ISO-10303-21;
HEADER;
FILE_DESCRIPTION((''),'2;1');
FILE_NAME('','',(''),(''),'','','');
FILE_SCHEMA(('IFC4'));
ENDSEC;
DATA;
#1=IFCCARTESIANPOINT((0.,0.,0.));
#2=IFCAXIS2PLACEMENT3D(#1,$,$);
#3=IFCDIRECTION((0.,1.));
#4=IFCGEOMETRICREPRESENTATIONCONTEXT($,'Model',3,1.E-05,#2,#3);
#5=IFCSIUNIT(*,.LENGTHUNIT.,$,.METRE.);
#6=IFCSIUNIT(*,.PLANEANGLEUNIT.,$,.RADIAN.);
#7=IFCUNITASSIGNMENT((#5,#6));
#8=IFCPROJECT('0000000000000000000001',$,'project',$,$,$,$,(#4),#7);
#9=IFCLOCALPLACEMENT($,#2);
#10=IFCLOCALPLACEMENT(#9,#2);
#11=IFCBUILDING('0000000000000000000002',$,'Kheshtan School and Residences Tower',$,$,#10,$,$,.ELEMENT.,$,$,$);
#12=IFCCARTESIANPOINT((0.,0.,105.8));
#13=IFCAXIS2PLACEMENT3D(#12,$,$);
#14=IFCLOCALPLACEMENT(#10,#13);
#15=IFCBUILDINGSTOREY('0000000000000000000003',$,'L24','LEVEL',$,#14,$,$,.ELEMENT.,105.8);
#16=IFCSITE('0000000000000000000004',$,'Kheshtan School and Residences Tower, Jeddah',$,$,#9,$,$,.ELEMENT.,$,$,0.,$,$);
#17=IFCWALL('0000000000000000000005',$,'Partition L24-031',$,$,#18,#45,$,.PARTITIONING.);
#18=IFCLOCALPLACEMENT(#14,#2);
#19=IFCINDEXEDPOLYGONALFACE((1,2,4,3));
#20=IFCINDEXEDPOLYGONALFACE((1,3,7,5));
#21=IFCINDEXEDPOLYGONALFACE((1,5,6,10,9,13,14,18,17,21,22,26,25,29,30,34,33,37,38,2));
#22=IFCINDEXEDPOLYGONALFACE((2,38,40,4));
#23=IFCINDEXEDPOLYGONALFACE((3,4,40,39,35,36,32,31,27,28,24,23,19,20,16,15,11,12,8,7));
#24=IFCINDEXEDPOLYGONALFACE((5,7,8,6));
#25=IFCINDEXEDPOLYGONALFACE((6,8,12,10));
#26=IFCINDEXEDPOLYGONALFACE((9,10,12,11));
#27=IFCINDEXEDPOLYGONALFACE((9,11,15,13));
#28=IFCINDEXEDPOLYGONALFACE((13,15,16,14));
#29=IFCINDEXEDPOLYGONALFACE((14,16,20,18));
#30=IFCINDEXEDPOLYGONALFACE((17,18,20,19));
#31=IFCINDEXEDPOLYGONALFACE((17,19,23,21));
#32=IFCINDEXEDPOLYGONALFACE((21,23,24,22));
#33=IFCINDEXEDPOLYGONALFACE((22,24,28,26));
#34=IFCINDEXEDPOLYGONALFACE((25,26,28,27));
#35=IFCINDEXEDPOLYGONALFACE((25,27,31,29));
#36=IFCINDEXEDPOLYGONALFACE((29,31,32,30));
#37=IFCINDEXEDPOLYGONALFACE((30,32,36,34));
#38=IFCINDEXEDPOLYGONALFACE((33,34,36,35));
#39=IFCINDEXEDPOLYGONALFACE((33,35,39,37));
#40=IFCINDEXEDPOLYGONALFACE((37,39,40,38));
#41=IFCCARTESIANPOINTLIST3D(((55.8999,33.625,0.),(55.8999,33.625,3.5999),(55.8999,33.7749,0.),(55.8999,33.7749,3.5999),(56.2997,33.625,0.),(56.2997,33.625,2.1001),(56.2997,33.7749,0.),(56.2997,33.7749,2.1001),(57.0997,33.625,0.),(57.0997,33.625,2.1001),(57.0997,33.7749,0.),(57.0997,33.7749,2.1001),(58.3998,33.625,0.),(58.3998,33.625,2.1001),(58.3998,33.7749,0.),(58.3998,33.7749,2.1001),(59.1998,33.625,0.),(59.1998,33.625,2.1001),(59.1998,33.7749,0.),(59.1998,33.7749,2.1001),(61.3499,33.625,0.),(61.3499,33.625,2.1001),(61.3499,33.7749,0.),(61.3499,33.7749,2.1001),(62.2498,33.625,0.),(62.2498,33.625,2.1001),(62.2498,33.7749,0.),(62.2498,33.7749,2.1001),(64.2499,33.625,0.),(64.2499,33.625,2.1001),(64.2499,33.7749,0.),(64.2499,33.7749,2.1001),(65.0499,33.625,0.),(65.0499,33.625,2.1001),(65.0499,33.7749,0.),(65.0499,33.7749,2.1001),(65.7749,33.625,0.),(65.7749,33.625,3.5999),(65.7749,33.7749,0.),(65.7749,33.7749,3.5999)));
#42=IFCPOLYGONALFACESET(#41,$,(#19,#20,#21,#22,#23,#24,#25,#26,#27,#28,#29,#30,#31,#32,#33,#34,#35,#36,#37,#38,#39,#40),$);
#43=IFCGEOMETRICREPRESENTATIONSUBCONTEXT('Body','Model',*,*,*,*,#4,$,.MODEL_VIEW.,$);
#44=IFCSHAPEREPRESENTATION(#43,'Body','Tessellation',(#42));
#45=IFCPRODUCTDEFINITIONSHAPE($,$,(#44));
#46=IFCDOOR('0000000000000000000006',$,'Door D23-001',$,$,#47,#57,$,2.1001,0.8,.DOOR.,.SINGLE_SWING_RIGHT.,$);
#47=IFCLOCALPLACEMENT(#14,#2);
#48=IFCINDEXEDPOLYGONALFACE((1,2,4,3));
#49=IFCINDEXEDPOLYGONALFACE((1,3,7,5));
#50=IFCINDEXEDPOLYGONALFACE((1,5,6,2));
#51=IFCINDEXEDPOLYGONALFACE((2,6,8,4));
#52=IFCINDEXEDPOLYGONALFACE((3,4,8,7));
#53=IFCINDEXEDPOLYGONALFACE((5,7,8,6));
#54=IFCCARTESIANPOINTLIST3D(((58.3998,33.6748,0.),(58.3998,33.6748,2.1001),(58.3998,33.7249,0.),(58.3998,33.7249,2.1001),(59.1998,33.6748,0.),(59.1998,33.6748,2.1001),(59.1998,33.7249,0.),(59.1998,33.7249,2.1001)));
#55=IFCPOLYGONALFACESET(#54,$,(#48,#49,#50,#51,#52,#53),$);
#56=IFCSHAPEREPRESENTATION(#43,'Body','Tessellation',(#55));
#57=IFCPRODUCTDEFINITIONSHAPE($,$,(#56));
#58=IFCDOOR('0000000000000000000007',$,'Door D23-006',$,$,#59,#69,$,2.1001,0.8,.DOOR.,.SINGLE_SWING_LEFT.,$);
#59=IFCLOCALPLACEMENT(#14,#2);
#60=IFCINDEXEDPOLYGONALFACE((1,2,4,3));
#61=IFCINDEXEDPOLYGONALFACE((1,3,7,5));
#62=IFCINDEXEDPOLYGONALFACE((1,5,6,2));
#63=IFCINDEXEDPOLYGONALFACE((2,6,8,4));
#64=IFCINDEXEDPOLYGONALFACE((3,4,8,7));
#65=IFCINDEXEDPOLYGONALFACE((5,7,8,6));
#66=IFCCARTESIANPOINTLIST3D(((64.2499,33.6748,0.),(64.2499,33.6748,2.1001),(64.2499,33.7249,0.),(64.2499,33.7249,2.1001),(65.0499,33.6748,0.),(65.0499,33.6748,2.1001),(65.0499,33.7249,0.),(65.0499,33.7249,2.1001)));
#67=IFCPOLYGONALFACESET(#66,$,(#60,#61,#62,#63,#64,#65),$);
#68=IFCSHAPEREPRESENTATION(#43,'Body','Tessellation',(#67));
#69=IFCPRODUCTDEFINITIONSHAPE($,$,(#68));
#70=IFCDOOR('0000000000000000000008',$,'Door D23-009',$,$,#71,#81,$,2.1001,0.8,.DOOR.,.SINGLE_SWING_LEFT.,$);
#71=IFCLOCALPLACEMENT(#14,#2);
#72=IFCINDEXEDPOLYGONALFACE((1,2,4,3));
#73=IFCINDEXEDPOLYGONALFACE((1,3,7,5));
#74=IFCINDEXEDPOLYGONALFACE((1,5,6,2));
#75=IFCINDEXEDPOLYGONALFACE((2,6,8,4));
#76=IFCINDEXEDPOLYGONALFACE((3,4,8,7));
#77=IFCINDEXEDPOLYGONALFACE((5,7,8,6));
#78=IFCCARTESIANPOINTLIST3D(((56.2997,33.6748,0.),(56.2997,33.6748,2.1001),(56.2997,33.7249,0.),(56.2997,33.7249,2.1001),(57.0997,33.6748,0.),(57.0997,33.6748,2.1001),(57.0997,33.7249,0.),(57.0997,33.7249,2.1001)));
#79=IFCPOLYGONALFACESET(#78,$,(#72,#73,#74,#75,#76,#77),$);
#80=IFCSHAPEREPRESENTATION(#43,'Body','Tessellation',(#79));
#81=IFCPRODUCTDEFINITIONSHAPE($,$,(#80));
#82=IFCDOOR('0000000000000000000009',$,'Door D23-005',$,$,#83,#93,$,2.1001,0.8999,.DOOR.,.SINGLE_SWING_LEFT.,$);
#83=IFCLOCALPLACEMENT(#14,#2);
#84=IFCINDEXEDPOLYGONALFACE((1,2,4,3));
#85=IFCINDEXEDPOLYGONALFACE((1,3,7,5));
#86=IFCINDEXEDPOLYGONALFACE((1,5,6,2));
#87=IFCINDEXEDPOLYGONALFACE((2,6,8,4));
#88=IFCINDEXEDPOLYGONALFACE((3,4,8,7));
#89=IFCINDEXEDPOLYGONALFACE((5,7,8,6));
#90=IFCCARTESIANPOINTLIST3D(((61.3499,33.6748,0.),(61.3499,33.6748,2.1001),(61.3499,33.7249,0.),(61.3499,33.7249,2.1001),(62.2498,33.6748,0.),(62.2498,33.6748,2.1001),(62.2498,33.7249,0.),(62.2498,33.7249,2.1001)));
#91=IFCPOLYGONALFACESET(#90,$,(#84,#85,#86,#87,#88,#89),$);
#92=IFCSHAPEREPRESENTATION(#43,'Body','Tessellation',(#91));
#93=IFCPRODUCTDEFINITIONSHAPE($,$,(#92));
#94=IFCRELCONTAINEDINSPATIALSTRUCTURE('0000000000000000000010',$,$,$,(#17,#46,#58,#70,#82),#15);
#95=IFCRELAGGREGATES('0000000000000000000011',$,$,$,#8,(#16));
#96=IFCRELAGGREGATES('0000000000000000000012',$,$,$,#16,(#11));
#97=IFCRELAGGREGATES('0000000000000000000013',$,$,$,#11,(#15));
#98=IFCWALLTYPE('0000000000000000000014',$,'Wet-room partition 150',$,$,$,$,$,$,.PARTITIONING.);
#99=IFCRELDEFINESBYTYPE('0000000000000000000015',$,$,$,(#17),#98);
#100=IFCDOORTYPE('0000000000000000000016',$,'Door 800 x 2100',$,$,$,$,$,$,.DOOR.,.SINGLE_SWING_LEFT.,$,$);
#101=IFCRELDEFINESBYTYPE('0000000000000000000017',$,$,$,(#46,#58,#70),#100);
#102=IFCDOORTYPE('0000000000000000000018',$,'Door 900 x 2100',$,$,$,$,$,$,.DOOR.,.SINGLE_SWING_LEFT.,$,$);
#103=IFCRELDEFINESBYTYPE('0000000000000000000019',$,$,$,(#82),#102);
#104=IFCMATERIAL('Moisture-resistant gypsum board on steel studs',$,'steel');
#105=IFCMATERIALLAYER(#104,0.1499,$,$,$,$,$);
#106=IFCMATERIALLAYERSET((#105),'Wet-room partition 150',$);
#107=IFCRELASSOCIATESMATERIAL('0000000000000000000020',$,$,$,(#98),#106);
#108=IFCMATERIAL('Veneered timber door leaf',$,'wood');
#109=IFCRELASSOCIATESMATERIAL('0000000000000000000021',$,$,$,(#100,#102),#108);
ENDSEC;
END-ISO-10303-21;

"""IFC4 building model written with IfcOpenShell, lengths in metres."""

from ifc_helpers import new_model, si_unit, direction, frame, frame_2d, origin, place, context, subcontext, project, spatial, rectangle, extrude, source, transform, mapped, material, layer, layer_set, type_object, element, fill, save


model = new_model("IFC4")

# Units and contexts
model_context = context("Model", 3, precision=1e-05, world=origin(), true_north=direction((0.0, 1.0)))
body_context = subcontext(model_context, "Body", "Model", "MODEL_VIEW")
ifc_project = project(units=[si_unit("LENGTHUNIT", "METRE"), si_unit("PLANEANGLEUNIT", "RADIAN")], contexts=[model_context])

# Site, building, storey
site_placement = place(None, origin())
site = spatial("IfcSite", under=ifc_project, at=site_placement, Name="Kheshtan School and Residences Tower, Jeddah", CompositionType="ELEMENT", RefElevation=0.0)
building_placement = place(site_placement, origin())
building = spatial("IfcBuilding", under=site, at=building_placement, Name="Kheshtan School and Residences Tower", CompositionType="ELEMENT")
storey_placement = place(building_placement, frame((0.0, 0.0, 105.8)))
storey = spatial("IfcBuildingStorey", under=building, at=storey_placement, Name="L24", Description="LEVEL", CompositionType="ELEMENT", Elevation=105.8)

# Wall, openings, doors
ifc_material_1 = material(Name="Moisture-resistant gypsum board on steel studs", Category="steel")
ifc_layer_1 = layer(ifc_material_1, 0.1499)
ifc_layer_set_1 = layer_set([ifc_layer_1], Name="Wet-room partition 150")
wall_type_1 = type_object("IfcWallType", Name="Wet-room partition 150", PredefinedType="PARTITIONING", material=ifc_layer_set_1)
wall_1_placement = place(storey_placement, frame((55.8999, 33.7, 0.0), z_axis=(0.0, 0.0, 1.0), x_axis=(1.0, 0.0, 0.0)))
wall_1 = element("IfcWall", 1, at=wall_1_placement, inside=storey, type_object=wall_type_1, Name="Partition L24-031", PredefinedType="PARTITIONING", context=body_context, shape_type="SweptSolid", body=[
    extrude(rectangle(XDim=9.875, YDim=0.1499, at=frame_2d((4.9375, 0.0))), origin(), (0.0, 0.0, 1.0), 3.5999),
])
opening_1_placement = place(wall_1_placement, frame((2.5, 0.0, 0.0)))
opening_1 = element("IfcOpeningElement", 2, at=opening_1_placement, cuts=wall_1, PredefinedType="OPENING", context=body_context, shape_type="SweptSolid", body=[
    extrude(rectangle(XDim=0.8, YDim=2.1001, at=frame_2d((0.3999, 1.05))), frame((0.0, 0.085, 0.0), z_axis=(0.0, -1.0, 0.0), x_axis=(1.0, 0.0, 0.0)), (0.0, 0.0, 1.0), 0.1699),
])
opening_2_placement = place(wall_1_placement, frame((5.45, 0.0, 0.0)))
opening_2 = element("IfcOpeningElement", 3, at=opening_2_placement, cuts=wall_1, PredefinedType="OPENING", context=body_context, shape_type="SweptSolid", body=[
    extrude(rectangle(XDim=0.8999, YDim=2.1001, at=frame_2d((0.45, 1.05))), frame((0.0, 0.085, 0.0), z_axis=(0.0, -1.0, 0.0), x_axis=(1.0, 0.0, 0.0)), (0.0, 0.0, 1.0), 0.1699),
])
opening_3_placement = place(wall_1_placement, frame((8.3501, 0.0, 0.0)))
opening_3 = element("IfcOpeningElement", 4, at=opening_3_placement, cuts=wall_1, PredefinedType="OPENING", context=body_context, shape_type="SweptSolid", body=[
    extrude(rectangle(XDim=0.8, YDim=2.1001, at=frame_2d((0.3999, 1.05))), frame((0.0, 0.085, 0.0), z_axis=(0.0, -1.0, 0.0), x_axis=(1.0, 0.0, 0.0)), (0.0, 0.0, 1.0), 0.1699),
])
opening_4_placement = place(wall_1_placement, frame((0.3999, 0.0, 0.0)))
opening_4 = element("IfcOpeningElement", 5, at=opening_4_placement, cuts=wall_1, PredefinedType="OPENING", context=body_context, shape_type="SweptSolid", body=[
    extrude(rectangle(XDim=0.8, YDim=2.1001, at=frame_2d((0.3999, 1.05))), frame((0.0, 0.085, 0.0), z_axis=(0.0, -1.0, 0.0), x_axis=(1.0, 0.0, 0.0)), (0.0, 0.0, 1.0), 0.1699),
])
ifc_material_2 = material(Name="Veneered timber door leaf", Category="wood")
door_type_1 = type_object("IfcDoorType", Name="Door 800 x 2100", OperationType="SINGLE_SWING_LEFT", PredefinedType="DOOR", material=ifc_material_2)
shared_shape_1 = source(origin(), body_context, "Body", "SweptSolid", [
    extrude(rectangle(XDim=0.8, YDim=2.1001, at=frame_2d((0.3999, 1.05))), frame((0.0, 0.0249, 0.0), z_axis=(0.0, -1.0, 0.0), x_axis=(1.0, 0.0, 0.0)), (0.0, 0.0, 1.0), 0.05),
])
door_1_placement = place(opening_1_placement, origin())
door_1 = element("IfcDoor", 6, at=door_1_placement, inside=storey, type_object=door_type_1, Name="Door D23-001", OperationType="SINGLE_SWING_RIGHT", OverallHeight=2.1001, OverallWidth=0.8, PredefinedType="DOOR", context=body_context, shape_type="MappedRepresentation", body=[
    mapped(shared_shape_1, transform((0.0, 0.0, 0.0), x_axis=(1.0, 0.0, 0.0), y_axis=(0.0, 1.0, 0.0), z_axis=(0.0, 0.0, 1.0), scale=1.0)),
])
fill(opening_1, door_1)
door_2_placement = place(opening_3_placement, origin())
door_2 = element("IfcDoor", 7, at=door_2_placement, inside=storey, type_object=door_type_1, Name="Door D23-006", OperationType="SINGLE_SWING_LEFT", OverallHeight=2.1001, OverallWidth=0.8, PredefinedType="DOOR", context=body_context, shape_type="MappedRepresentation", body=[
    mapped(shared_shape_1, transform((0.0, 0.0, 0.0), x_axis=(1.0, 0.0, 0.0), y_axis=(0.0, 1.0, 0.0), z_axis=(0.0, 0.0, 1.0), scale=1.0)),
])
fill(opening_3, door_2)
door_3_placement = place(opening_4_placement, origin())
door_3 = element("IfcDoor", 8, at=door_3_placement, inside=storey, type_object=door_type_1, Name="Door D23-009", OperationType="SINGLE_SWING_LEFT", OverallHeight=2.1001, OverallWidth=0.8, PredefinedType="DOOR", context=body_context, shape_type="MappedRepresentation", body=[
    mapped(shared_shape_1, transform((0.0, 0.0, 0.0), x_axis=(1.0, 0.0, 0.0), y_axis=(0.0, 1.0, 0.0), z_axis=(0.0, 0.0, 1.0), scale=1.0)),
])
fill(opening_4, door_3)
door_type_2 = type_object("IfcDoorType", Name="Door 900 x 2100", OperationType="SINGLE_SWING_LEFT", PredefinedType="DOOR", material=ifc_material_2)
shared_shape_2 = source(origin(), body_context, "Body", "SweptSolid", [
    extrude(rectangle(XDim=0.8999, YDim=2.1001, at=frame_2d((0.45, 1.05))), frame((0.0, 0.0249, 0.0), z_axis=(0.0, -1.0, 0.0), x_axis=(1.0, 0.0, 0.0)), (0.0, 0.0, 1.0), 0.05),
])
door_4_placement = place(opening_2_placement, origin())
door_4 = element("IfcDoor", 9, at=door_4_placement, inside=storey, type_object=door_type_2, Name="Door D23-005", OperationType="SINGLE_SWING_LEFT", OverallHeight=2.1001, OverallWidth=0.8999, PredefinedType="DOOR", context=body_context, shape_type="MappedRepresentation", body=[
    mapped(shared_shape_2, transform((0.0, 0.0, 0.0), x_axis=(1.0, 0.0, 0.0), y_axis=(0.0, 1.0, 0.0), z_axis=(0.0, 0.0, 1.0), scale=1.0)),
])
fill(opening_2, door_4)

save(model, "model.ifc")
